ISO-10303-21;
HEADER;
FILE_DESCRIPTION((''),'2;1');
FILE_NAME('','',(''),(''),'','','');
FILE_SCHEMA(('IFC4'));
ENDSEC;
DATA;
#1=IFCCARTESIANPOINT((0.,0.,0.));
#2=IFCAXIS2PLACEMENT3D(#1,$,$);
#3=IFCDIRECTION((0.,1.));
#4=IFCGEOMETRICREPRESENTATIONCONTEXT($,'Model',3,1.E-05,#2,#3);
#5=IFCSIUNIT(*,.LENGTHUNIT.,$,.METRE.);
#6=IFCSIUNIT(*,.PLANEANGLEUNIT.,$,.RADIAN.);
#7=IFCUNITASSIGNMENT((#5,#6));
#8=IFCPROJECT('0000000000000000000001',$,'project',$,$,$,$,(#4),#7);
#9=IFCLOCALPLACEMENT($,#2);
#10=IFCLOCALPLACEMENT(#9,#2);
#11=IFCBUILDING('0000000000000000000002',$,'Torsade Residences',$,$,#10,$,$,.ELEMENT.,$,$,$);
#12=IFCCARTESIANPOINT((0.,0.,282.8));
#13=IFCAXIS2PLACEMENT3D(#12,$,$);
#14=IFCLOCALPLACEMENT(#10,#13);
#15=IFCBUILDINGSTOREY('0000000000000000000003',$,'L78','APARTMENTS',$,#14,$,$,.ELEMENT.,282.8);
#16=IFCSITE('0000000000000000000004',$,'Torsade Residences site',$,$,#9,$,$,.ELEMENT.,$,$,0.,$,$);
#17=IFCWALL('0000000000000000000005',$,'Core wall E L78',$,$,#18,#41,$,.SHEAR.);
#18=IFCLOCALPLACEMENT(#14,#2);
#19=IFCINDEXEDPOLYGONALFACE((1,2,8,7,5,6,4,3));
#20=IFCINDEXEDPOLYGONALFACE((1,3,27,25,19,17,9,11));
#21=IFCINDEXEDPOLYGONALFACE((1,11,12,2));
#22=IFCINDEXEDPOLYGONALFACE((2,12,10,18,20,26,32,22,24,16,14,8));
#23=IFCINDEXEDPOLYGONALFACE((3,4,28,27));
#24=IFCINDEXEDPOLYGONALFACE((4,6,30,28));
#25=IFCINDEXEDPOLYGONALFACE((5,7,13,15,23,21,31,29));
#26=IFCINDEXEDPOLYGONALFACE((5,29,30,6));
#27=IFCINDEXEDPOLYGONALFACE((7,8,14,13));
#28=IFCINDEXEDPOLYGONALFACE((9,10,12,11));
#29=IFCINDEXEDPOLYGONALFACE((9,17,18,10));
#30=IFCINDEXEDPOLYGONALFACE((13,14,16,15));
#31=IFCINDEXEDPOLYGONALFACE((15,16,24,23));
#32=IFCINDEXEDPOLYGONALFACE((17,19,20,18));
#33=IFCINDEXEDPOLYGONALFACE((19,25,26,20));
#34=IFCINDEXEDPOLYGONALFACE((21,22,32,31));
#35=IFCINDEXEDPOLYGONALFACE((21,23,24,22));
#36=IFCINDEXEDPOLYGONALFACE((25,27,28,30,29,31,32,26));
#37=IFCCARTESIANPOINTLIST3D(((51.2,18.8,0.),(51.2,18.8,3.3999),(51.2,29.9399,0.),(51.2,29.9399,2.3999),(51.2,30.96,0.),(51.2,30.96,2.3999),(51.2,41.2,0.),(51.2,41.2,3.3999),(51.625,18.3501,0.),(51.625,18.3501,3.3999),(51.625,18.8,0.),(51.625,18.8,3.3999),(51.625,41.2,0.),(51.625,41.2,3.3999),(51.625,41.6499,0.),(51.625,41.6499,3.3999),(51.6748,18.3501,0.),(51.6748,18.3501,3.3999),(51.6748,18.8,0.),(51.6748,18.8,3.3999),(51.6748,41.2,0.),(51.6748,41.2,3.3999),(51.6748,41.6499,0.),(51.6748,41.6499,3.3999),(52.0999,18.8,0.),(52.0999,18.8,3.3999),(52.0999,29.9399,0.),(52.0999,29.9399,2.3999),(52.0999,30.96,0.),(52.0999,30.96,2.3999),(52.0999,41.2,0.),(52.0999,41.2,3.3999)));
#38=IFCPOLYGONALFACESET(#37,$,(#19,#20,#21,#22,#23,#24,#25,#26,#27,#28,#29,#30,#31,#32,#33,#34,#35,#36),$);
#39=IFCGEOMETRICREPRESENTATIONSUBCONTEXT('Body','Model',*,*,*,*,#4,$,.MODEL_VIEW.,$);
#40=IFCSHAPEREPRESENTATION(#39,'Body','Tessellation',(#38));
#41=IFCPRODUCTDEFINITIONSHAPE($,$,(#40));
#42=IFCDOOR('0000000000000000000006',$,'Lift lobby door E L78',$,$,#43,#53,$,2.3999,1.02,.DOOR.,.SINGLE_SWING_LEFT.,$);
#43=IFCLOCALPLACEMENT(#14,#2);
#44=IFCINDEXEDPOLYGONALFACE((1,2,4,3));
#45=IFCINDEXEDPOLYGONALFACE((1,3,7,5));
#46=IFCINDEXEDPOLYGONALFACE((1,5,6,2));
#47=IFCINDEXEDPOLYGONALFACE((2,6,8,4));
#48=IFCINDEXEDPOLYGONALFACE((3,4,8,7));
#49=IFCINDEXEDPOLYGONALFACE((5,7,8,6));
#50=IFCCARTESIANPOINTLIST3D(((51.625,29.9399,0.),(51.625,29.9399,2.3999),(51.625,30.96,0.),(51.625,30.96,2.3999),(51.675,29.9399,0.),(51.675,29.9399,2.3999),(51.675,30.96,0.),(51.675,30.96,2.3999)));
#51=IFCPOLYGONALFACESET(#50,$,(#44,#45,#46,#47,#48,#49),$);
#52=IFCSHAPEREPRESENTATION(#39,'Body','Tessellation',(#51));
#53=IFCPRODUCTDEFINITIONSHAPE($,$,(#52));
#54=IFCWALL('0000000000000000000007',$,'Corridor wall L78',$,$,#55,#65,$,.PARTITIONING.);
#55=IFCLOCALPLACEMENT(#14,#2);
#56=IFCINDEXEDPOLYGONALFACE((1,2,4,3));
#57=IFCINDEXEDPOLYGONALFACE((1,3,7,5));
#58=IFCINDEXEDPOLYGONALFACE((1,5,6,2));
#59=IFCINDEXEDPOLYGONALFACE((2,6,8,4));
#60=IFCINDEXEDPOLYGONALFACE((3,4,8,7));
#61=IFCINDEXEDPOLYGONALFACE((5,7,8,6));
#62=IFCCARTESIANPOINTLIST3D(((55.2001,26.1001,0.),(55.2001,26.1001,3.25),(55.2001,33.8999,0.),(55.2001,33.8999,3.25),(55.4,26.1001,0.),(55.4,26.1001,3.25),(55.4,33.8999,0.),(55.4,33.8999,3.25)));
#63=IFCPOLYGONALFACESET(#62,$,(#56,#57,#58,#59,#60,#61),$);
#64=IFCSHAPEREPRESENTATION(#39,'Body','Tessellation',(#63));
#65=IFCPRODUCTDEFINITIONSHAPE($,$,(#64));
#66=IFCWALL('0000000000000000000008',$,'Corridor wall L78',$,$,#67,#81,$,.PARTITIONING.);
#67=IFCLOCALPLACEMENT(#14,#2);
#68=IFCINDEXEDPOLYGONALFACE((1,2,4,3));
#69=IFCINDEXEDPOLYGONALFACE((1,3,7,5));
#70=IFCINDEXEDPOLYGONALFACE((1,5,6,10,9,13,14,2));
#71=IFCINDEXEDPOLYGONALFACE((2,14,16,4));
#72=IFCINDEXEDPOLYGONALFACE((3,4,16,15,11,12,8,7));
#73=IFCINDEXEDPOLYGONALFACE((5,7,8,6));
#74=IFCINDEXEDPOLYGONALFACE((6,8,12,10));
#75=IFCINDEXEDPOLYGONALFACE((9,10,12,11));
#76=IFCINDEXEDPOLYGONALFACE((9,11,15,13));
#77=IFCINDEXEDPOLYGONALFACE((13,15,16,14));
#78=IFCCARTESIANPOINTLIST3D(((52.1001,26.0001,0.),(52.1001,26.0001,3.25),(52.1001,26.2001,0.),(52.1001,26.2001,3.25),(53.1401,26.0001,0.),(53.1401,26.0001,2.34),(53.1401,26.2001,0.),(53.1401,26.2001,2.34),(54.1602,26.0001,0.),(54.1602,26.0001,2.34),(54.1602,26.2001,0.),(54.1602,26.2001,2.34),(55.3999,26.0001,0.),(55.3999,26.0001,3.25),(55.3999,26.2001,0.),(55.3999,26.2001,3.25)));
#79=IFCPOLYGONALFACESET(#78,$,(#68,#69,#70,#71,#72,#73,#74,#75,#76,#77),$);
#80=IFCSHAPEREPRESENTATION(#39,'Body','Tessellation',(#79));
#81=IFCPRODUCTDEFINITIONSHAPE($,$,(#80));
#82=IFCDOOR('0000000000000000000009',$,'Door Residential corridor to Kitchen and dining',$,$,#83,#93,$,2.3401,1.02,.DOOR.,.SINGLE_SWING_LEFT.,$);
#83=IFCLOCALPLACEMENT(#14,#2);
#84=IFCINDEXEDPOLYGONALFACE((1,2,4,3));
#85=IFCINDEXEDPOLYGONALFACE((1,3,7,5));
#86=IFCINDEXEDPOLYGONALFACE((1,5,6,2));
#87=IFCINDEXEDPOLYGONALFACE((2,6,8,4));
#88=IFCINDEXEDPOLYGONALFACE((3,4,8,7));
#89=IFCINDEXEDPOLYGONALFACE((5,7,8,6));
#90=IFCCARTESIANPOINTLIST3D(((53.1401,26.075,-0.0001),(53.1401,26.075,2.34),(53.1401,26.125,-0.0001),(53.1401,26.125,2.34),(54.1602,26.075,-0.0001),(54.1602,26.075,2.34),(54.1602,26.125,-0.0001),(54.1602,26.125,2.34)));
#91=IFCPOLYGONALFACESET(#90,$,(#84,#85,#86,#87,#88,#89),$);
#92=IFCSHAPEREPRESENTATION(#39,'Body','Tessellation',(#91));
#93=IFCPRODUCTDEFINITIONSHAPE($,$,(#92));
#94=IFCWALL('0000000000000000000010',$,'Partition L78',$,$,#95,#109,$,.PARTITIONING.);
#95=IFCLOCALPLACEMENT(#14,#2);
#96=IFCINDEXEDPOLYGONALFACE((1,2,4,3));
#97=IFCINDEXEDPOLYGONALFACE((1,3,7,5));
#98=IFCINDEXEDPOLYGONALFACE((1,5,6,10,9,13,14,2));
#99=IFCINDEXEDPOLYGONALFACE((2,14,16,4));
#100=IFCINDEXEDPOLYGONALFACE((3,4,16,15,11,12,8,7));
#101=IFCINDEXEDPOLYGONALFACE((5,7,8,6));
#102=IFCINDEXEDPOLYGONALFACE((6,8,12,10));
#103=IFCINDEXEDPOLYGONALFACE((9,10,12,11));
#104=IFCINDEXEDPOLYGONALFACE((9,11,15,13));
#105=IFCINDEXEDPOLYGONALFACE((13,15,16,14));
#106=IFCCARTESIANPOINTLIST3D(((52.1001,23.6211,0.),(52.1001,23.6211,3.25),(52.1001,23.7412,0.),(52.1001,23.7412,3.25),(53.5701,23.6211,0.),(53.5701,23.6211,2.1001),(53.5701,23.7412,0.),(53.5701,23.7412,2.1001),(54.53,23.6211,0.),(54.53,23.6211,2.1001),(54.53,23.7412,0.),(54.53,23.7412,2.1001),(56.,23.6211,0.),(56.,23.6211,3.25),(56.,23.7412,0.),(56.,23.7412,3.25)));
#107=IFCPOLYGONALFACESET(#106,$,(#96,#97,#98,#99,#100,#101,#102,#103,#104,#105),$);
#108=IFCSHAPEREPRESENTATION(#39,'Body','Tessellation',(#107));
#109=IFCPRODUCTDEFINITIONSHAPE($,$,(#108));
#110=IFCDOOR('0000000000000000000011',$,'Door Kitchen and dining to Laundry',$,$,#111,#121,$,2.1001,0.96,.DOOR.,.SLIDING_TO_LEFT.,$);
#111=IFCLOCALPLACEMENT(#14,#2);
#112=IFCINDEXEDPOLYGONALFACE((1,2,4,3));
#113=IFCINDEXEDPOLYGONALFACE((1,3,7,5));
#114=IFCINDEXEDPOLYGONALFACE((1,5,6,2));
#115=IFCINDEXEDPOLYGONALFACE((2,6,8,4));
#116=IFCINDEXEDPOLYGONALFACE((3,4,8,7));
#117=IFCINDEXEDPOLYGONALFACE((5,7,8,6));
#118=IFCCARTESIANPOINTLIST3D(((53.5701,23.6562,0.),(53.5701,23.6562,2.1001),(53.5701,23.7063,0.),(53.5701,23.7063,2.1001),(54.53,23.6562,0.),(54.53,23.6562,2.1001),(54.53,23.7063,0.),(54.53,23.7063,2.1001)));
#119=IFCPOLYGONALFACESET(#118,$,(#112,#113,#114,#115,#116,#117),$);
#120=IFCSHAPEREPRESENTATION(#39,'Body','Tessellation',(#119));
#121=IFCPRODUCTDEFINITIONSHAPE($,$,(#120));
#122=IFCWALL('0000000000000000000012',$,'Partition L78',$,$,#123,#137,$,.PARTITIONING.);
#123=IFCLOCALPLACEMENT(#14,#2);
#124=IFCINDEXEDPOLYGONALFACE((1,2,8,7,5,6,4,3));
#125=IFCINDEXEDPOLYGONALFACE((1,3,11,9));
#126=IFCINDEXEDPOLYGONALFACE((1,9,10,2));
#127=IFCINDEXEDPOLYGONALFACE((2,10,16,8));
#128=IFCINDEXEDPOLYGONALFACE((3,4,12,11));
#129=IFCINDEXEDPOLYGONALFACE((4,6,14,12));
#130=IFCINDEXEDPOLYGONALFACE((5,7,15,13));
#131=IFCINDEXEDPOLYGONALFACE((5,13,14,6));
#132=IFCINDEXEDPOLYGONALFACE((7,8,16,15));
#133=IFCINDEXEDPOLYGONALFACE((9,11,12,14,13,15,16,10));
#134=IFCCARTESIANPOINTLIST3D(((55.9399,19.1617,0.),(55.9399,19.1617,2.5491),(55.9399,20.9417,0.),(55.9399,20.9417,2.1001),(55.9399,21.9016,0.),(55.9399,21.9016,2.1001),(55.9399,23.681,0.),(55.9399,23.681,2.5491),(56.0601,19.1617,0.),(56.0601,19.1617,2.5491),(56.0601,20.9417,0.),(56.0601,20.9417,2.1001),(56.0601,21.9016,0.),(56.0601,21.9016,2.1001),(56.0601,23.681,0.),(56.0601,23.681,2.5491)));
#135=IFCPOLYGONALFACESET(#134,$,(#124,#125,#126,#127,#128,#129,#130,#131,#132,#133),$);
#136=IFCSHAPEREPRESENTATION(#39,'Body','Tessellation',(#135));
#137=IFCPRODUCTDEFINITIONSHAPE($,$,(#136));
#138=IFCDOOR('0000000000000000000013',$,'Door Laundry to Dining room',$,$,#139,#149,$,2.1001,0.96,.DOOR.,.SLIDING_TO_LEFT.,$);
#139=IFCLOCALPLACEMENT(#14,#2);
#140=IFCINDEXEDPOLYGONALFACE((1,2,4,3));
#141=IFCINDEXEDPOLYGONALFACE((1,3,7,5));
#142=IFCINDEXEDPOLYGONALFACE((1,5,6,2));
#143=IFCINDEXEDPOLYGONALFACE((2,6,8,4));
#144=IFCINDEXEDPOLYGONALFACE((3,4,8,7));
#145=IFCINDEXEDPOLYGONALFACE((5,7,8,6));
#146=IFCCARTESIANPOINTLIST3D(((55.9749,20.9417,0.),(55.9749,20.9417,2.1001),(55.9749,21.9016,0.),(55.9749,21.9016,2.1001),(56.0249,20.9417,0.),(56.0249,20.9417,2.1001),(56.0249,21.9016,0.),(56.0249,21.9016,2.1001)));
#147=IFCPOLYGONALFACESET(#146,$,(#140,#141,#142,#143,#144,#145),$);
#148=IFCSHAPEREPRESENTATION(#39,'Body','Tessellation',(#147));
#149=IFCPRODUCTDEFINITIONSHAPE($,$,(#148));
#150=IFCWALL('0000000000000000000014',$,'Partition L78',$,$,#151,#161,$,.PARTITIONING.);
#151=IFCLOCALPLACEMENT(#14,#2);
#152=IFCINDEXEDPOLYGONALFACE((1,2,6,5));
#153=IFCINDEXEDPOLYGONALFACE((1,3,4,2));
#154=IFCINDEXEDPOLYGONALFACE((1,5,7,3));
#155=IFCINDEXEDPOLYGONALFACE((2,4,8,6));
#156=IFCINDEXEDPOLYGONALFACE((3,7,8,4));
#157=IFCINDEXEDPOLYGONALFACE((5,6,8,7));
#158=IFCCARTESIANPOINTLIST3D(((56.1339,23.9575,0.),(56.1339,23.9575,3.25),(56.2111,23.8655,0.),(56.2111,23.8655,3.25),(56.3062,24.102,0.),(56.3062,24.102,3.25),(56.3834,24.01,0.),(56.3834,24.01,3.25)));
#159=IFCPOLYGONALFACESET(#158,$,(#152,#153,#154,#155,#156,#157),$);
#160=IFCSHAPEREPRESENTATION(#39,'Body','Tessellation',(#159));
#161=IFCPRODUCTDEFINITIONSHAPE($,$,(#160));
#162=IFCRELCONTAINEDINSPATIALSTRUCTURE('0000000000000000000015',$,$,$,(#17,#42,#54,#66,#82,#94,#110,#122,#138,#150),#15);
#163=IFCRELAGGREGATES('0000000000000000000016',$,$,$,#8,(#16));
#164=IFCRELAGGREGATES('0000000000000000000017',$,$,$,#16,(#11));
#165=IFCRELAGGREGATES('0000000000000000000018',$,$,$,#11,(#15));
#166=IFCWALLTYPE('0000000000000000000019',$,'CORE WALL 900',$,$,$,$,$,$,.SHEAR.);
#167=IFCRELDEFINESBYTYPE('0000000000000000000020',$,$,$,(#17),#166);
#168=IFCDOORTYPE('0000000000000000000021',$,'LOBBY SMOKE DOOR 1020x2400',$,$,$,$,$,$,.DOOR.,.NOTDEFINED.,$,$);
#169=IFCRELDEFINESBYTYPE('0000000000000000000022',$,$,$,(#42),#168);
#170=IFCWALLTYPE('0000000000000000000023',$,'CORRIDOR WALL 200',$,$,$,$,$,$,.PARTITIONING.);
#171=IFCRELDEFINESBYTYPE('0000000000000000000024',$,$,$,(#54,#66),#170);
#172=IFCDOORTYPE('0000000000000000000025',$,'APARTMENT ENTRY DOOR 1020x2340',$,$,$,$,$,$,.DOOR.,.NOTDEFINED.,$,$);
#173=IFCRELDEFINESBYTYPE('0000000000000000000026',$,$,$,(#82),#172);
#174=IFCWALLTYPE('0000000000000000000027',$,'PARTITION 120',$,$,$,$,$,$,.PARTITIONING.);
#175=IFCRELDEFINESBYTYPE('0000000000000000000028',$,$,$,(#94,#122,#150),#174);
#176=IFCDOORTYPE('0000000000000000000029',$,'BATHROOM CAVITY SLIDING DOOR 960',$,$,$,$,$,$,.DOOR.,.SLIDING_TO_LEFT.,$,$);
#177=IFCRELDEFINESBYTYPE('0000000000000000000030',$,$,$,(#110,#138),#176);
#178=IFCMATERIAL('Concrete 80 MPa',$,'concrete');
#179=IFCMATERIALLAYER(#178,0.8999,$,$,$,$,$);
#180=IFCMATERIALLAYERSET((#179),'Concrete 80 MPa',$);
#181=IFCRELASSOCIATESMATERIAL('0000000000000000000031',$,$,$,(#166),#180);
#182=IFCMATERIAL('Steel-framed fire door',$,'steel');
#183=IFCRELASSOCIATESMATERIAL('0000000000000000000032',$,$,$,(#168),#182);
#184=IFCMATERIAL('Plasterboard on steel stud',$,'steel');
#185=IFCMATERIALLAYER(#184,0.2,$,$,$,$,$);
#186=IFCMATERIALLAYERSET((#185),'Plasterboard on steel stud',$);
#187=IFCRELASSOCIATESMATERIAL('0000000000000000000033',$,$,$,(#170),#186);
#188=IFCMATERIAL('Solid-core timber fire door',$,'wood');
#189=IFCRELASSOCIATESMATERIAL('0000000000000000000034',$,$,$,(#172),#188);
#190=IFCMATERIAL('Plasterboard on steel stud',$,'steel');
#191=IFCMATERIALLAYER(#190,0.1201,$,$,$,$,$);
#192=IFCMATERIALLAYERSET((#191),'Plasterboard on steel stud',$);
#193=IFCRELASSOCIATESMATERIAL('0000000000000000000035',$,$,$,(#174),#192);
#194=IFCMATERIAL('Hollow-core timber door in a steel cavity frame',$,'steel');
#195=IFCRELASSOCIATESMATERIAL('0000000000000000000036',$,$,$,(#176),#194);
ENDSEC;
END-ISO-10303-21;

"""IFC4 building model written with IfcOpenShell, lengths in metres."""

from ifc_helpers import new_model, si_unit, direction, frame, frame_2d, origin, place, context, subcontext, project, spatial, polyline, rectangle, outline, extrude, material, layer, layer_set, type_object, element, fill, save


model = new_model("IFC4")

# Units and contexts
model_context = context("Model", 3, precision=1e-05, world=origin(), true_north=direction((0.0, 1.0)))
body_context = subcontext(model_context, "Body", "Model", "MODEL_VIEW")
ifc_project = project(units=[si_unit("LENGTHUNIT", "METRE"), si_unit("PLANEANGLEUNIT", "RADIAN")], contexts=[model_context])

# Site, building, storey
site_placement = place(None, origin())
site = spatial("IfcSite", under=ifc_project, at=site_placement, Name="Torsade Residences site", CompositionType="ELEMENT", RefElevation=0.0)
building_placement = place(site_placement, origin())
building = spatial("IfcBuilding", under=site, at=building_placement, Name="Torsade Residences", CompositionType="ELEMENT")
storey_placement = place(building_placement, frame((0.0, 0.0, 282.8)))
storey = spatial("IfcBuildingStorey", under=building, at=storey_placement, Name="L78", Description="APARTMENTS", CompositionType="ELEMENT", Elevation=282.8)

# Wall, opening, door
ifc_material_1 = material(Name="Concrete 80 MPa", Category="concrete")
ifc_layer_1 = layer(ifc_material_1, 0.8999)
ifc_layer_set_1 = layer_set([ifc_layer_1], Name="Concrete 80 MPa")
wall_type_1 = type_object("IfcWallType", Name="CORE WALL 900", PredefinedType="SHEAR", material=ifc_layer_set_1)
wall_1_placement = place(storey_placement, frame((51.6499, 18.8, 0.0), z_axis=(0.0, 0.0, 1.0), x_axis=(0.0, 1.0, 0.0)))
wall_1 = element("IfcWall", 1, at=wall_1_placement, inside=storey, type_object=wall_type_1, Name="Core wall E L78", PredefinedType="SHEAR", context=body_context, shape_type="SweptSolid", body=[
    extrude(outline(polyline([(0.0, -0.45), (22.3999, -0.45), (22.3999, -0.0249), (22.8499, -0.0249), (22.8499, 0.0249), (22.3999, 0.0249), (22.3999, 0.45), (0.0, 0.45), (0.0, 0.0249), (-0.45, 0.0249), (-0.45, -0.0249), (0.0, -0.0249), (0.0, -0.45)])), origin(), (0.0, 0.0, 1.0), 3.3999),
])
opening_1_placement = place(wall_1_placement, frame((11.1399, 0.0, 0.0)))
opening_1 = element("IfcOpeningElement", 2, at=opening_1_placement, cuts=wall_1, PredefinedType="OPENING", context=body_context, shape_type="SweptSolid", body=[
    extrude(rectangle(XDim=1.02, YDim=2.3999, at=frame_2d((0.51, 1.2))), frame((0.0, 0.46, 0.0), z_axis=(0.0, -1.0, 0.0), x_axis=(1.0, 0.0, 0.0)), (0.0, 0.0, 1.0), 0.9199),
])
ifc_material_2 = material(Name="Steel-framed fire door", Category="steel")
door_type_1 = type_object("IfcDoorType", Name="LOBBY SMOKE DOOR 1020x2400", OperationType="NOTDEFINED", PredefinedType="DOOR", material=ifc_material_2)
door_1_placement = place(opening_1_placement, origin())
door_1 = element("IfcDoor", 3, at=door_1_placement, inside=storey, type_object=door_type_1, Name="Lift lobby door E L78", OperationType="SINGLE_SWING_LEFT", OverallHeight=2.3999, OverallWidth=1.02, PredefinedType="DOOR", context=body_context, shape_type="SweptSolid", body=[
    extrude(rectangle(XDim=1.02, YDim=2.3999, at=frame_2d((0.51, 1.2))), frame((0.0, 0.0249, 0.0), z_axis=(0.0, -1.0, 0.0), x_axis=(1.0, 0.0, 0.0)), (0.0, 0.0, 1.0), 0.05),
])
fill(opening_1, door_1)

# Wall
ifc_material_3 = material(Name="Plasterboard on steel stud", Category="steel")
ifc_layer_2 = layer(ifc_material_3, 0.2)
ifc_layer_set_2 = layer_set([ifc_layer_2], Name="Plasterboard on steel stud")
wall_type_2 = type_object("IfcWallType", Name="CORRIDOR WALL 200", PredefinedType="PARTITIONING", material=ifc_layer_set_2)
wall_2_placement = place(storey_placement, frame((55.3, 26.1001, 0.0), z_axis=(0.0, 0.0, 1.0), x_axis=(0.0, 1.0, 0.0)))
element("IfcWall", 4, at=wall_2_placement, inside=storey, type_object=wall_type_2, Name="Corridor wall L78", PredefinedType="PARTITIONING", context=body_context, shape_type="SweptSolid", body=[
    extrude(rectangle(XDim=7.7998, YDim=0.2, at=frame_2d((3.8999, 0.0))), origin(), (0.0, 0.0, 1.0), 3.25),
])

# Walls, openings, doors
wall_3_placement = place(storey_placement, frame((52.1001, 26.1001, 0.0), z_axis=(0.0, 0.0, 1.0), x_axis=(1.0, 0.0, 0.0)))
wall_3 = element("IfcWall", 5, at=wall_3_placement, inside=storey, type_object=wall_type_2, Name="Corridor wall L78", PredefinedType="PARTITIONING", context=body_context, shape_type="SweptSolid", body=[
    extrude(rectangle(XDim=3.2998, YDim=0.2, at=frame_2d((1.6499, 0.0))), origin(), (0.0, 0.0, 1.0), 3.25),
])
opening_2_placement = place(wall_3_placement, frame((1.04, 0.0, 0.0)))
opening_2 = element("IfcOpeningElement", 6, at=opening_2_placement, cuts=wall_3, PredefinedType="OPENING", context=body_context, shape_type="SweptSolid", body=[
    extrude(rectangle(XDim=1.02, YDim=2.3401, at=frame_2d((0.51, 1.1699))), frame((0.0, 0.1099, 0.0), z_axis=(0.0, -1.0, 0.0), x_axis=(1.0, 0.0, 0.0)), (0.0, 0.0, 1.0), 0.22),
])
ifc_material_4 = material(Name="Solid-core timber fire door", Category="wood")
door_type_2 = type_object("IfcDoorType", Name="APARTMENT ENTRY DOOR 1020x2340", OperationType="NOTDEFINED", PredefinedType="DOOR", material=ifc_material_4)
door_2_placement = place(opening_2_placement, origin())
door_2 = element("IfcDoor", 7, at=door_2_placement, inside=storey, type_object=door_type_2, Name="Door Residential corridor to Kitchen and dining", OperationType="SINGLE_SWING_LEFT", OverallHeight=2.3401, OverallWidth=1.02, PredefinedType="DOOR", context=body_context, shape_type="SweptSolid", body=[
    extrude(rectangle(XDim=1.02, YDim=2.3401, at=frame_2d((0.51, 1.1699))), frame((0.0, 0.0249, 0.0), z_axis=(0.0, -1.0, 0.0), x_axis=(1.0, 0.0, 0.0)), (0.0, 0.0, 1.0), 0.05),
])
fill(opening_2, door_2)
ifc_material_5 = material(Name="Plasterboard on steel stud", Category="steel")
ifc_layer_3 = layer(ifc_material_5, 0.1201)
ifc_layer_set_3 = layer_set([ifc_layer_3], Name="Plasterboard on steel stud")
wall_type_3 = type_object("IfcWallType", Name="PARTITION 120", PredefinedType="PARTITIONING", material=ifc_layer_set_3)
wall_4_placement = place(storey_placement, frame((56.0, 23.6812, 0.0), z_axis=(0.0, 0.0, 1.0), x_axis=(-1.0, 0.0, 0.0)))
wall_4 = element("IfcWall", 8, at=wall_4_placement, inside=storey, type_object=wall_type_3, Name="Partition L78", PredefinedType="PARTITIONING", context=body_context, shape_type="SweptSolid", body=[
    extrude(rectangle(XDim=3.8999, YDim=0.1201, at=frame_2d((1.95, 0.0))), origin(), (0.0, 0.0, 1.0), 3.25),
])
opening_3_placement = place(wall_4_placement, frame((1.47, 0.0, 0.0)))
opening_3 = element("IfcOpeningElement", 9, at=opening_3_placement, cuts=wall_4, PredefinedType="OPENING", context=body_context, shape_type="SweptSolid", body=[
    extrude(rectangle(XDim=0.96, YDim=2.1001, at=frame_2d((0.48, 1.05))), frame((0.0, 0.0701, 0.0), z_axis=(0.0, -1.0, 0.0), x_axis=(1.0, 0.0, 0.0)), (0.0, 0.0, 1.0), 0.1401),
])
ifc_material_6 = material(Name="Hollow-core timber door in a steel cavity frame", Category="steel")
door_type_3 = type_object("IfcDoorType", Name="BATHROOM CAVITY SLIDING DOOR 960", OperationType="SLIDING_TO_LEFT", PredefinedType="DOOR", material=ifc_material_6)
door_3_placement = place(opening_3_placement, origin())
door_3 = element("IfcDoor", 10, at=door_3_placement, inside=storey, type_object=door_type_3, Name="Door Kitchen and dining to Laundry", OperationType="SLIDING_TO_LEFT", OverallHeight=2.1001, OverallWidth=0.96, PredefinedType="DOOR", context=body_context, shape_type="SweptSolid", body=[
    extrude(rectangle(XDim=0.96, YDim=2.1001, at=frame_2d((0.48, 1.05))), frame((0.0, 0.0249, 0.0), z_axis=(0.0, -1.0, 0.0), x_axis=(1.0, 0.0, 0.0)), (0.0, 0.0, 1.0), 0.05),
])
fill(opening_3, door_3)
wall_5_placement = place(storey_placement, frame((56.0, 23.6812, 0.0), z_axis=(0.0, 0.0, 1.0), x_axis=(0.0, -1.0, 0.0)))
wall_5 = element("IfcWall", 11, at=wall_5_placement, inside=storey, type_object=wall_type_3, Name="Partition L78", PredefinedType="PARTITIONING", context=body_context, shape_type="SweptSolid", body=[
    extrude(rectangle(XDim=4.5193, YDim=0.1201, at=frame_2d((2.2598, 0.0))), origin(), (0.0, 0.0, 1.0), 2.5491),
])
opening_4_placement = place(wall_5_placement, frame((1.7795, 0.0, 0.0)))
opening_4 = element("IfcOpeningElement", 12, at=opening_4_placement, cuts=wall_5, PredefinedType="OPENING", context=body_context, shape_type="SweptSolid", body=[
    extrude(rectangle(XDim=0.96, YDim=2.1001, at=frame_2d((0.48, 1.05))), frame((0.0, 0.0701, 0.0), z_axis=(0.0, -1.0, 0.0), x_axis=(1.0, 0.0, 0.0)), (0.0, 0.0, 1.0), 0.1401),
])
door_4_placement = place(opening_4_placement, origin())
door_4 = element("IfcDoor", 13, at=door_4_placement, inside=storey, type_object=door_type_3, Name="Door Laundry to Dining room", OperationType="SLIDING_TO_LEFT", OverallHeight=2.1001, OverallWidth=0.96, PredefinedType="DOOR", context=body_context, shape_type="SweptSolid", body=[
    extrude(rectangle(XDim=0.96, YDim=2.1001, at=frame_2d((0.48, 1.05))), frame((0.0, 0.0249, 0.0), z_axis=(0.0, -1.0, 0.0), x_axis=(1.0, 0.0, 0.0)), (0.0, 0.0, 1.0), 0.05),
])
fill(opening_4, door_4)

# Wall
wall_6_placement = place(storey_placement, frame((56.3447, 24.0559, 0.0), z_axis=(0.0, 0.0, 1.0), x_axis=(-0.76626, -0.64253, 0.0)))
element("IfcWall", 14, at=wall_6_placement, inside=storey, type_object=wall_type_3, Name="Partition L78", PredefinedType="PARTITIONING", context=body_context, shape_type="SweptSolid", body=[
    extrude(rectangle(XDim=0.2249, YDim=0.1201, at=frame_2d((0.1123, 0.0))), origin(), (0.0, 0.0, 1.0), 3.25),
])

save(model, "model.ifc")
